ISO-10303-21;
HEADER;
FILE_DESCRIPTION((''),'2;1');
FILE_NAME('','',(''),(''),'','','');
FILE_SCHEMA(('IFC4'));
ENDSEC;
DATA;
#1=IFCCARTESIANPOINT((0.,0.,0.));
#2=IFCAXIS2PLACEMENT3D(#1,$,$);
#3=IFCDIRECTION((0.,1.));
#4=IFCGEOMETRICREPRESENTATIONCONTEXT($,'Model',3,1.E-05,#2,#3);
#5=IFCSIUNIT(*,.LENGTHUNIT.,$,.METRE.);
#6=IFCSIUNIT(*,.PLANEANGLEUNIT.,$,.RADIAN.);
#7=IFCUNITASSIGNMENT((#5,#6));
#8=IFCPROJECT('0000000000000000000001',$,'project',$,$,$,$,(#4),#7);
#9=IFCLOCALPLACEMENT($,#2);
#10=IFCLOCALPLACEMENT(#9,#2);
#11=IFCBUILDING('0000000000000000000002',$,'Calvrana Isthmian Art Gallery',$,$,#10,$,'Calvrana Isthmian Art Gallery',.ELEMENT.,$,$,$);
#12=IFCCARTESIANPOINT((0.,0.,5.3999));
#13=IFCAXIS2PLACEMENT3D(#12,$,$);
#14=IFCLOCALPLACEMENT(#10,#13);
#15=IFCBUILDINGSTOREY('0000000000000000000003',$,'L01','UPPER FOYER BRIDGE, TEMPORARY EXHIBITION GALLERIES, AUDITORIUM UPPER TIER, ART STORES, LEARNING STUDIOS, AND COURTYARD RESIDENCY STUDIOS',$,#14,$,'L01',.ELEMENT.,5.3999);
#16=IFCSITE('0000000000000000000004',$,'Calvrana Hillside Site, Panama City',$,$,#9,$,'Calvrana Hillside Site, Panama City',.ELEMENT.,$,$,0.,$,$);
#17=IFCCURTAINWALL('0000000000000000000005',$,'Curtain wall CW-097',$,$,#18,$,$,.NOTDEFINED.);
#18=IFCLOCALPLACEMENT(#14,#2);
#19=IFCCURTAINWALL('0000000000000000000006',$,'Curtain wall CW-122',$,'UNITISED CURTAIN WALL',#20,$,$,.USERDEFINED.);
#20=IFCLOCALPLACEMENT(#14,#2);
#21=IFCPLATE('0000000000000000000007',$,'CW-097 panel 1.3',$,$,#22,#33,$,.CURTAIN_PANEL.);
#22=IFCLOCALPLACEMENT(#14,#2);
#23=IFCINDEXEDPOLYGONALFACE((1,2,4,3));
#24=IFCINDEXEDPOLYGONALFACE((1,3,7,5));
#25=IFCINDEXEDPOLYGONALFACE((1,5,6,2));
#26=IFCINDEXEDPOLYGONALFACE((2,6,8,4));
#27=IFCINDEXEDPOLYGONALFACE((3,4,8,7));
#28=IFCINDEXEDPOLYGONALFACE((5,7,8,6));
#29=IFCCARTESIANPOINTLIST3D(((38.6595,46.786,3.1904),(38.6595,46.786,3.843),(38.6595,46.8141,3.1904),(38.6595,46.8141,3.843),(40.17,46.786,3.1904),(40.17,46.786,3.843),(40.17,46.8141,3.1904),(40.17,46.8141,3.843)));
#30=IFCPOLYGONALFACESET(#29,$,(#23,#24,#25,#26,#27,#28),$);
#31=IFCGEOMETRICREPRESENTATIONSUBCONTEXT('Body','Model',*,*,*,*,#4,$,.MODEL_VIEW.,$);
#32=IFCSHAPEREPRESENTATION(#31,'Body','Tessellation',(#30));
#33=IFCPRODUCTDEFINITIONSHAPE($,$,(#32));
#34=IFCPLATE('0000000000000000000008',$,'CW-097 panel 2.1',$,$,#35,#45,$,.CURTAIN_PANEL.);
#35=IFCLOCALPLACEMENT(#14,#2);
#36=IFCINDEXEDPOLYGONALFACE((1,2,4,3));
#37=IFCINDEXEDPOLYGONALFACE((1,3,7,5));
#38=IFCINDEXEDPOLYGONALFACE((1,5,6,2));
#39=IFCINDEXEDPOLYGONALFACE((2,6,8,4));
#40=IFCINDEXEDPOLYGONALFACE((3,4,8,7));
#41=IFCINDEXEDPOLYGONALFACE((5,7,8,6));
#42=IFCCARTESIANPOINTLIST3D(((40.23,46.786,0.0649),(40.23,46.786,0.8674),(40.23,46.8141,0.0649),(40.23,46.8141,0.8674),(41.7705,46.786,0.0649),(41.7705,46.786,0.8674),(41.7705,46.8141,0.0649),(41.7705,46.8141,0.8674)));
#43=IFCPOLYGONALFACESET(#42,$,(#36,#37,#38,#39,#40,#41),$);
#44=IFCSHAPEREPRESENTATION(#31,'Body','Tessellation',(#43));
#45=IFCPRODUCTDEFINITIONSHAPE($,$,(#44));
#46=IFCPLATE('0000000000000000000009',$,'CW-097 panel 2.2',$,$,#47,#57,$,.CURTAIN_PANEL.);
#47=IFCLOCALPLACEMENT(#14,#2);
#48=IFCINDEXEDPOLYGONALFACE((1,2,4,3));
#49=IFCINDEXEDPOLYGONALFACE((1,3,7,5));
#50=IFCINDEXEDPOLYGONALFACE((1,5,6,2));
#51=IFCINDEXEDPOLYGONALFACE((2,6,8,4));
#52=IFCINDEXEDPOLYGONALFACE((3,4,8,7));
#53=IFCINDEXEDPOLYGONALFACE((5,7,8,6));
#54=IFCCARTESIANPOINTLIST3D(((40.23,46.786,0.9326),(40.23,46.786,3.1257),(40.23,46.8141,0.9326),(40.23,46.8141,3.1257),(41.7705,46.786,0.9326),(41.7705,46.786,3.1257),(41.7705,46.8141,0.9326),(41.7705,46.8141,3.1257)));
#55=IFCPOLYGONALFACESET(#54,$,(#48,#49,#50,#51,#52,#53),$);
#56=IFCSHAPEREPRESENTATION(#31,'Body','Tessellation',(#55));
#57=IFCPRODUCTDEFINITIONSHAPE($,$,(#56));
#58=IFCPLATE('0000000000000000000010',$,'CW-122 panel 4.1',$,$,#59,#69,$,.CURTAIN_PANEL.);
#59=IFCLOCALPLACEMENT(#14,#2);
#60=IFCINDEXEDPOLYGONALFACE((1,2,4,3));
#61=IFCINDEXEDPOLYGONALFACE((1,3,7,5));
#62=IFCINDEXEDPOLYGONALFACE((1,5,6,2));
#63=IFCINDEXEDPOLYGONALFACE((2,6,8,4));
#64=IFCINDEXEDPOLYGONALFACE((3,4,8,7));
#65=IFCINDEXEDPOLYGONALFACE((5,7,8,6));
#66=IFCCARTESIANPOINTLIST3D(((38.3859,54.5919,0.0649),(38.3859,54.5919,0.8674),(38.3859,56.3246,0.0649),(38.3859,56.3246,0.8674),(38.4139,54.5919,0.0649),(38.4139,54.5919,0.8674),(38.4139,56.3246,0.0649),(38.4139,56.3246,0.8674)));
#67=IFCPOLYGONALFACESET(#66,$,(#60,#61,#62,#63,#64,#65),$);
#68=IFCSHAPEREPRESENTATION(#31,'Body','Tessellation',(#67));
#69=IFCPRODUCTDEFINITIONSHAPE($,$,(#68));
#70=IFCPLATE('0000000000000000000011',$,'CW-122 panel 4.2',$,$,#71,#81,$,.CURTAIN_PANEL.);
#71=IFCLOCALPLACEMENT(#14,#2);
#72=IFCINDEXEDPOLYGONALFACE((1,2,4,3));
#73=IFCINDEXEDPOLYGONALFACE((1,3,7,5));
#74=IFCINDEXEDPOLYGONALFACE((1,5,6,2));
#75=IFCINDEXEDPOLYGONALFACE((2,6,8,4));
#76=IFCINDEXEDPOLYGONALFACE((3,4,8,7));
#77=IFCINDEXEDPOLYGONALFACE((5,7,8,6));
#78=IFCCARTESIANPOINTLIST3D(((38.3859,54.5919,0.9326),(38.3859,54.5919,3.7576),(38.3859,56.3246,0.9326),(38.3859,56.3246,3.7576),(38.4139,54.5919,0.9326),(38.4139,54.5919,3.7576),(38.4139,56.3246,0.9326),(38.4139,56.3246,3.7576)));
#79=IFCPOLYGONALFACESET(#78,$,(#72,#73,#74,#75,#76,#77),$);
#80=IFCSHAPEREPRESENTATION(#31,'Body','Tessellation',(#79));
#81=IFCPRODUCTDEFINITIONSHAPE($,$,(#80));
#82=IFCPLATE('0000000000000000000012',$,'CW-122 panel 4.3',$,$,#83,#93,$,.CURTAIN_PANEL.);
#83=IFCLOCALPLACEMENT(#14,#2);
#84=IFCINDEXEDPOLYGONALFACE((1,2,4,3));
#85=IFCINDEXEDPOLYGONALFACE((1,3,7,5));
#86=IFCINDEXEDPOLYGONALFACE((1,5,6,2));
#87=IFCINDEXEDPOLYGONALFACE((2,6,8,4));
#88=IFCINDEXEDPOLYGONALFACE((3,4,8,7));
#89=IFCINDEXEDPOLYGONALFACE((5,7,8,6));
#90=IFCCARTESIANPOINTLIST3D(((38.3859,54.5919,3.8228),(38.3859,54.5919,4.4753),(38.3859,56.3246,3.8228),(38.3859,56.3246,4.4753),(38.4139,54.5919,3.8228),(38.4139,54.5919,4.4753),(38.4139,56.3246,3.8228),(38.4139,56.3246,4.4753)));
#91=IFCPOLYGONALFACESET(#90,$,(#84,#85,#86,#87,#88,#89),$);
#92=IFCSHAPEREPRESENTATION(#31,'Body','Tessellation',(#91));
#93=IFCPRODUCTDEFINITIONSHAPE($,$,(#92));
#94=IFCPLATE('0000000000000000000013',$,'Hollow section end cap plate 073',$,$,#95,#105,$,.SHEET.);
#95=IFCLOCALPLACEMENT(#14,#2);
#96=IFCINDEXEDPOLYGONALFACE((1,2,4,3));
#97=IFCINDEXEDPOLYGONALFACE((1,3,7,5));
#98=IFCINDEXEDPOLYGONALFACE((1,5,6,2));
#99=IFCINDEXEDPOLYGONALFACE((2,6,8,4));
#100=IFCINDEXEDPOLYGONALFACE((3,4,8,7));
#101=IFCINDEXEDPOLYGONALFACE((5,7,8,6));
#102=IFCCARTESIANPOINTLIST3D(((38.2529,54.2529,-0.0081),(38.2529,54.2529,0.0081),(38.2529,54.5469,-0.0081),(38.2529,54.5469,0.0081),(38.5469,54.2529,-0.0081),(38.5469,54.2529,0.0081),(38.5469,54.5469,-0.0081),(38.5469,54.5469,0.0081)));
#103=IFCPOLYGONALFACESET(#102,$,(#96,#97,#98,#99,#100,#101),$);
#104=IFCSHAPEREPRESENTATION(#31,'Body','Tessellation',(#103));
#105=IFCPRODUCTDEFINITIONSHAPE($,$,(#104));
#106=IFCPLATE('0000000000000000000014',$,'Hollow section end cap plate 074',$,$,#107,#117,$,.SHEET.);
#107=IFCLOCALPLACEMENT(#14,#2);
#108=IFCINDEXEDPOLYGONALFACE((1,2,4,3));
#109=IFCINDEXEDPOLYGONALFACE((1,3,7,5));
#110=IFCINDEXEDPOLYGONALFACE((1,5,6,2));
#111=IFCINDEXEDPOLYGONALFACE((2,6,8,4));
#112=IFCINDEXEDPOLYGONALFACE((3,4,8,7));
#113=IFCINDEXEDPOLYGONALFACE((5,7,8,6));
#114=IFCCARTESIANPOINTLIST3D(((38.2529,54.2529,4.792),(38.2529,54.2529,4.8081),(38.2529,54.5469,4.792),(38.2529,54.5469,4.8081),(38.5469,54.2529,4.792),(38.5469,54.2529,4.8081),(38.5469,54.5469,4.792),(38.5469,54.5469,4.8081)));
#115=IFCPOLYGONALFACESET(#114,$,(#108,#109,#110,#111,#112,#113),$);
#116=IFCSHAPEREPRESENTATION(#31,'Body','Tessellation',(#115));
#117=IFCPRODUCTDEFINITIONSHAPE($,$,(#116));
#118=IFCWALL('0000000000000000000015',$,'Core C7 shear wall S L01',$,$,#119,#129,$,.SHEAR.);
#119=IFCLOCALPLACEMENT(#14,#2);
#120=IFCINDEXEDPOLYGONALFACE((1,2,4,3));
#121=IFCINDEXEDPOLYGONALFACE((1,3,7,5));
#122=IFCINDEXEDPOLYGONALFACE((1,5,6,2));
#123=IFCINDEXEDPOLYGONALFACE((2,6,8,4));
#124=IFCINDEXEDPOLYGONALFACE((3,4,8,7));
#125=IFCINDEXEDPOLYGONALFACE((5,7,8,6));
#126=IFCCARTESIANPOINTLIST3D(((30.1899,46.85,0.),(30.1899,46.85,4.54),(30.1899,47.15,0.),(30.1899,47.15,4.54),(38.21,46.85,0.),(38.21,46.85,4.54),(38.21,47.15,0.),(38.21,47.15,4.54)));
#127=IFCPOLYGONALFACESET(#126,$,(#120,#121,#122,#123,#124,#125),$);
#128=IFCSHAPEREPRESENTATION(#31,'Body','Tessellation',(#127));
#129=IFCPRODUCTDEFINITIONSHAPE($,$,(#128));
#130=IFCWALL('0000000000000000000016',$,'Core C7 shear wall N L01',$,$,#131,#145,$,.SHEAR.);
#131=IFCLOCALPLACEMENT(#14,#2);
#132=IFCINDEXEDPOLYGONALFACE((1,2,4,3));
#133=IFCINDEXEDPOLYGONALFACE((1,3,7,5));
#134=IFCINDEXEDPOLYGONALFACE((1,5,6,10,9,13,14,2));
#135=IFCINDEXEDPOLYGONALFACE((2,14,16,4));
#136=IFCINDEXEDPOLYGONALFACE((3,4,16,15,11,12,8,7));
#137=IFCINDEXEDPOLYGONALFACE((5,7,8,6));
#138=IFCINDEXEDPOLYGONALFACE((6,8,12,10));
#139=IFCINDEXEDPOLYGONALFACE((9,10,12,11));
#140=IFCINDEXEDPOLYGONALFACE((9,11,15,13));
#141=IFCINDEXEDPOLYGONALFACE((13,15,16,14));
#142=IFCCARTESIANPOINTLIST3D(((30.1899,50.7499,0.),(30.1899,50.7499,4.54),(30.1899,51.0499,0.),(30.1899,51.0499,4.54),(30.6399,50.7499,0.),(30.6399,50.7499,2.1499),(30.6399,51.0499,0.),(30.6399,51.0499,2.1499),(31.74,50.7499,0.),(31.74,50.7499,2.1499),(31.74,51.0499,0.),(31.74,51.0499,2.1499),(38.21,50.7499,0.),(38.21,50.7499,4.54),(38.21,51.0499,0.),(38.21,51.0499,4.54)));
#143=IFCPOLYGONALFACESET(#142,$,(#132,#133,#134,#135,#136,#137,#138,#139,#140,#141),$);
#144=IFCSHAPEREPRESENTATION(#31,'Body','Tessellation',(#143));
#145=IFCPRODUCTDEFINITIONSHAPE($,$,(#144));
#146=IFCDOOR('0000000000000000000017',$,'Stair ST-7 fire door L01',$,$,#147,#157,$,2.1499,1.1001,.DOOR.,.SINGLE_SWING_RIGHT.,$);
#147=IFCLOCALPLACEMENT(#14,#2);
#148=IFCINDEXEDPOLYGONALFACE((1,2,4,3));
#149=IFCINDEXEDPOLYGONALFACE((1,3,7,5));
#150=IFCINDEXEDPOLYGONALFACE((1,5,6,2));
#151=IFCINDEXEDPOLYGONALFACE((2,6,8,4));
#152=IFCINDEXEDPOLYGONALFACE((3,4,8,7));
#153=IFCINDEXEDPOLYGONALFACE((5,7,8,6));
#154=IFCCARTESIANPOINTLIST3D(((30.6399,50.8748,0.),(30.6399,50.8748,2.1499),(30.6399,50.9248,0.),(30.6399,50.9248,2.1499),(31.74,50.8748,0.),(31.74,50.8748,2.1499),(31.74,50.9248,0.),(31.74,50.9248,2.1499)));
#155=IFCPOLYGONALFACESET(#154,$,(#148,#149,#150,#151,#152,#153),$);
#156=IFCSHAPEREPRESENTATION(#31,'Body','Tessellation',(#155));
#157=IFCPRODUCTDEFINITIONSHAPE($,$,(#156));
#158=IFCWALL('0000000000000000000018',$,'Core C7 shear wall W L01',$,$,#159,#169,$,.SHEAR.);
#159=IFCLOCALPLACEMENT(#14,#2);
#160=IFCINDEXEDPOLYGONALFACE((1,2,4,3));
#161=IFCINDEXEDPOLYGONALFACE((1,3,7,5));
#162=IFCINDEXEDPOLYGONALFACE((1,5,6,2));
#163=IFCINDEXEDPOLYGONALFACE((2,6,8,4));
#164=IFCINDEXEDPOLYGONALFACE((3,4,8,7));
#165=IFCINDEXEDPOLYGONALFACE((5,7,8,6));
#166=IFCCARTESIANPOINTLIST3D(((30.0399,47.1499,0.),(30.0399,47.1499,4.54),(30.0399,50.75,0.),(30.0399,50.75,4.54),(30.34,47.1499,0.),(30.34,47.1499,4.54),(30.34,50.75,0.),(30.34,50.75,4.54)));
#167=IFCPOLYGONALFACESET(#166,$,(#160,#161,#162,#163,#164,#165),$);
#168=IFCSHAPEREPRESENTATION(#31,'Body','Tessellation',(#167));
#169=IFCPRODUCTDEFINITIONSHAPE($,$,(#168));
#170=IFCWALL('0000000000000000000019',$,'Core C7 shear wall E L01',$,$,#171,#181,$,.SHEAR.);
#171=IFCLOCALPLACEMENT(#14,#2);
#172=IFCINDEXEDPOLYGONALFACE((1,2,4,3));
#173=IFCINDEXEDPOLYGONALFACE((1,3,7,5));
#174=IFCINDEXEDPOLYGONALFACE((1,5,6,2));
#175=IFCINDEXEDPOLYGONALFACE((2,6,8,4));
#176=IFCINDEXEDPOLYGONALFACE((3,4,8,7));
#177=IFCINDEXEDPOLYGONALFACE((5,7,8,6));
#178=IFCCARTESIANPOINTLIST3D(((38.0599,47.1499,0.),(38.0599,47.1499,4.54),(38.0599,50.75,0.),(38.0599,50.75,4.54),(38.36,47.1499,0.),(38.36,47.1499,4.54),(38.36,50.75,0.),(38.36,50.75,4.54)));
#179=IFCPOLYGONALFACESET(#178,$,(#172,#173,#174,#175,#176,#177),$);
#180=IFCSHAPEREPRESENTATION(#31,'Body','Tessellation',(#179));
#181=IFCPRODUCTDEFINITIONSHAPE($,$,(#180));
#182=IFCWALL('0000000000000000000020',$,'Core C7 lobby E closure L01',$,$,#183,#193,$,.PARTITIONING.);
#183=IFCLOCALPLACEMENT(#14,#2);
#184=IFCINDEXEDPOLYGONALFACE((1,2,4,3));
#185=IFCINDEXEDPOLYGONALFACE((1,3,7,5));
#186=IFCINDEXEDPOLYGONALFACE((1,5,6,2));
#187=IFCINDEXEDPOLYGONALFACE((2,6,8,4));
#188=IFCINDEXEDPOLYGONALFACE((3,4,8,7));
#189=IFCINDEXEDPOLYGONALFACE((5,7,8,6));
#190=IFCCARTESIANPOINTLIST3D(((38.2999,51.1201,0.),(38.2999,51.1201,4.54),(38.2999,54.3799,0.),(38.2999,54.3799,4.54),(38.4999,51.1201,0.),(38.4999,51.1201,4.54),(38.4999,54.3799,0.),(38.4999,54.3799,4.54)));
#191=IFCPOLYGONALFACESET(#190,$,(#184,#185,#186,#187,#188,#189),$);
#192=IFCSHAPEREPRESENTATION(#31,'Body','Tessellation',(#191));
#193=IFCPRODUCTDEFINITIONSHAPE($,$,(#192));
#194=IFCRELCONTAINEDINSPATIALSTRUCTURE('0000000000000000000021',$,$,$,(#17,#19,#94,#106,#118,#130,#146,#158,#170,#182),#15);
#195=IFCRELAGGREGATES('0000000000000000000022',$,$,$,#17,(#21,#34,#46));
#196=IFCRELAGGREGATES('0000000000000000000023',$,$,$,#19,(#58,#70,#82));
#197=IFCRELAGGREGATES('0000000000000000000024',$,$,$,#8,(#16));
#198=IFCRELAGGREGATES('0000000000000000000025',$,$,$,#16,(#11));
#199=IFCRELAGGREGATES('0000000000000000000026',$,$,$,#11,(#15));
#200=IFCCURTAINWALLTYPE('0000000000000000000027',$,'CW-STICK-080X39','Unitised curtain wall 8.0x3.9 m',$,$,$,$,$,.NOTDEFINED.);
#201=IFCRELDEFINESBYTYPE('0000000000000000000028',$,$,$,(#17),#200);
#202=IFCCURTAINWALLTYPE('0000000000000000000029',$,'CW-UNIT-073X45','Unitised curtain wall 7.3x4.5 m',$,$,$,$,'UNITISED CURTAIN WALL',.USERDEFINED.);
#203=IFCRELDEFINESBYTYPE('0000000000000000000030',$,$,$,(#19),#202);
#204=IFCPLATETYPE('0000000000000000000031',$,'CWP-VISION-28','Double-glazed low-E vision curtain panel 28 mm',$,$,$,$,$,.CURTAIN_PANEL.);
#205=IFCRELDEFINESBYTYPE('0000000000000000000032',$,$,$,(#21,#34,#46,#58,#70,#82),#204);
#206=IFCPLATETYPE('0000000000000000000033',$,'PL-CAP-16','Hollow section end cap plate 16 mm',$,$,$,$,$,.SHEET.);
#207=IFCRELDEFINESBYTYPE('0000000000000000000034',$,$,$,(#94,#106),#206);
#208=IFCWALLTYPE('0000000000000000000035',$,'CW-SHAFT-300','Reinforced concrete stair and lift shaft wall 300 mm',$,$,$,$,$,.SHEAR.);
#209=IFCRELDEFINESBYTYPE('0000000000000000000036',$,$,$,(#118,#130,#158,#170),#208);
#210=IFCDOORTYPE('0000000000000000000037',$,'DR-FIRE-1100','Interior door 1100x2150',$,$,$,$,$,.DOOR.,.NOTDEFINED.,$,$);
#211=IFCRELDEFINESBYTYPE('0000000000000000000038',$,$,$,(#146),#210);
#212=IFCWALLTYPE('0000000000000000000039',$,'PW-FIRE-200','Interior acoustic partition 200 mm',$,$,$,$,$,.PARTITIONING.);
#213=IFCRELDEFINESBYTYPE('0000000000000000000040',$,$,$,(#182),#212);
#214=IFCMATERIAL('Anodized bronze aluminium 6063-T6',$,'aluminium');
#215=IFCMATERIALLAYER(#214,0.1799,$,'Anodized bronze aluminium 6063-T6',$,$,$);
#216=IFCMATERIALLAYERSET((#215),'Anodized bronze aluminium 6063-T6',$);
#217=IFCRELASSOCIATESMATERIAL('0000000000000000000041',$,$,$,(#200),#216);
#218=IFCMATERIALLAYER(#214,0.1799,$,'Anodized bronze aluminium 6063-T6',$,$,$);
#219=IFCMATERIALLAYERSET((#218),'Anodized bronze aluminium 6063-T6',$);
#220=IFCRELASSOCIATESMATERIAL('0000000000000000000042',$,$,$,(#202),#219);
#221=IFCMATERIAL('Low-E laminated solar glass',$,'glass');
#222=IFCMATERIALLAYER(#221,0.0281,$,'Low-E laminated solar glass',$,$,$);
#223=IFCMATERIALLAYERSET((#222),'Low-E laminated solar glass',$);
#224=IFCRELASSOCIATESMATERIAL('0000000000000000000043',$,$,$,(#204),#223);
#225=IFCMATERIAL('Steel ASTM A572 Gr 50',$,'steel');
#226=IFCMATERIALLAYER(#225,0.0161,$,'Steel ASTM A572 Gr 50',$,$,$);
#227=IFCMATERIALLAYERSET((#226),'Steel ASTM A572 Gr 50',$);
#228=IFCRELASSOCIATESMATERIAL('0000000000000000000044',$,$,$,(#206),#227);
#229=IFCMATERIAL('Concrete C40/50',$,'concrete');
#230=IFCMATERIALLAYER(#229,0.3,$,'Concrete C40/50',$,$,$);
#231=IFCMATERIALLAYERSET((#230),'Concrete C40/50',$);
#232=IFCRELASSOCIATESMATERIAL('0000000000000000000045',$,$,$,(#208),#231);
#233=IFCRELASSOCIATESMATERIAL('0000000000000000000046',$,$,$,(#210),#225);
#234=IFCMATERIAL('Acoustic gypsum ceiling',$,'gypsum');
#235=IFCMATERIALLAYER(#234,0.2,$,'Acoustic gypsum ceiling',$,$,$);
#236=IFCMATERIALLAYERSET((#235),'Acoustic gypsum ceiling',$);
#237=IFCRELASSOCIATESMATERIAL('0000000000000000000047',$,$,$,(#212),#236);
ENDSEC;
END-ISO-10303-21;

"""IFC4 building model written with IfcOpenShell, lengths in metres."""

from ifc_helpers import new_model, si_unit, direction, frame, frame_2d, origin, origin_2d, place, context, subcontext, project, spatial, rectangle, extrude, material, layer, layer_set, type_object, element, fill, aggregate, save


model = new_model("IFC4")

# Units and contexts
model_context = context("Model", 3, precision=1e-05, world=origin(), true_north=direction((0.0, 1.0)))
body_context = subcontext(model_context, "Body", "Model", "MODEL_VIEW")
ifc_project = project(units=[si_unit("LENGTHUNIT", "METRE"), si_unit("PLANEANGLEUNIT", "RADIAN")], contexts=[model_context])

# Site, building, storey
site_placement = place(None, origin())
site = spatial("IfcSite", under=ifc_project, at=site_placement, Name="Calvrana Hillside Site, Panama City", LongName="Calvrana Hillside Site, Panama City", CompositionType="ELEMENT", RefElevation=0.0)
building_placement = place(site_placement, origin())
building = spatial("IfcBuilding", under=site, at=building_placement, Name="Calvrana Isthmian Art Gallery", LongName="Calvrana Isthmian Art Gallery", CompositionType="ELEMENT")
storey_placement = place(building_placement, frame((0.0, 0.0, 5.3999)))
storey = spatial("IfcBuildingStorey", under=building, at=storey_placement, Name="L01", Description="UPPER FOYER BRIDGE, TEMPORARY EXHIBITION GALLERIES, AUDITORIUM UPPER TIER, ART STORES, LEARNING STUDIOS, AND COURTYARD RESIDENCY STUDIOS", LongName="L01", CompositionType="ELEMENT", Elevation=5.3999)

# Curtain wall
ifc_material_1 = material(Name="Anodized bronze aluminium 6063-T6", Category="aluminium")
ifc_layer_1 = layer(ifc_material_1, 0.1799, Name="Anodized bronze aluminium 6063-T6")
ifc_layer_set_1 = layer_set([ifc_layer_1], Name="Anodized bronze aluminium 6063-T6")
curtain_wall_type_1 = type_object("IfcCurtainWallType", Name="CW-STICK-080X39", Description="Unitised curtain wall 8.0x3.9 m", PredefinedType="NOTDEFINED", material=ifc_layer_set_1)
curtain_wall_1_placement = place(storey_placement, origin())
curtain_wall_1 = element("IfcCurtainWall", 1, at=curtain_wall_1_placement, inside=storey, type_object=curtain_wall_type_1, Name="Curtain wall CW-097", PredefinedType="NOTDEFINED")

# Curtain wall
ifc_layer_2 = layer(ifc_material_1, 0.1799, Name="Anodized bronze aluminium 6063-T6")
ifc_layer_set_2 = layer_set([ifc_layer_2], Name="Anodized bronze aluminium 6063-T6")
curtain_wall_type_2 = type_object("IfcCurtainWallType", Name="CW-UNIT-073X45", Description="Unitised curtain wall 7.3x4.5 m", ElementType="UNITISED CURTAIN WALL", PredefinedType="USERDEFINED", material=ifc_layer_set_2)
curtain_wall_2_placement = place(storey_placement, origin())
curtain_wall_2 = element("IfcCurtainWall", 2, at=curtain_wall_2_placement, inside=storey, type_object=curtain_wall_type_2, Name="Curtain wall CW-122", ObjectType="UNITISED CURTAIN WALL", PredefinedType="USERDEFINED")

# Plates
ifc_material_2 = material(Name="Low-E laminated solar glass", Category="glass")
ifc_layer_3 = layer(ifc_material_2, 0.0281, Name="Low-E laminated solar glass")
ifc_layer_set_3 = layer_set([ifc_layer_3], Name="Low-E laminated solar glass")
plate_type_1 = type_object("IfcPlateType", Name="CWP-VISION-28", Description="Double-glazed low-E vision curtain panel 28 mm", PredefinedType="CURTAIN_PANEL", material=ifc_layer_set_3)
plate_1_placement = place(storey_placement, frame((39.4148, 46.8, 3.1904), z_axis=(0.0, 0.0, 1.0), x_axis=(1.0, 0.0, 0.0)))
plate_1 = element("IfcPlate", 3, at=plate_1_placement, type_object=plate_type_1, Name="CW-097 panel 1.3", PredefinedType="CURTAIN_PANEL", context=body_context, shape_type="SweptSolid", body=[
    extrude(rectangle(XDim=1.5105, YDim=0.0281, at=origin_2d()), origin(), (0.0, 0.0, 1.0), 0.6526),
])
plate_2_placement = place(storey_placement, frame((41.0002, 46.8, 0.0649), z_axis=(0.0, 0.0, 1.0), x_axis=(1.0, 0.0, 0.0)))
plate_2 = element("IfcPlate", 4, at=plate_2_placement, type_object=plate_type_1, Name="CW-097 panel 2.1", PredefinedType="CURTAIN_PANEL", context=body_context, shape_type="SweptSolid", body=[
    extrude(rectangle(XDim=1.5405, YDim=0.0281, at=origin_2d()), origin(), (0.0, 0.0, 1.0), 0.8025),
])
plate_3_placement = place(storey_placement, frame((41.0002, 46.8, 0.9326), z_axis=(0.0, 0.0, 1.0), x_axis=(1.0, 0.0, 0.0)))
plate_3 = element("IfcPlate", 5, at=plate_3_placement, type_object=plate_type_1, Name="CW-097 panel 2.2", PredefinedType="CURTAIN_PANEL", context=body_context, shape_type="SweptSolid", body=[
    extrude(rectangle(XDim=1.5405, YDim=0.0281, at=origin_2d()), origin(), (0.0, 0.0, 1.0), 2.1931),
])
aggregate(curtain_wall_1, [plate_1, plate_2, plate_3])
plate_4_placement = place(storey_placement, frame((38.3999, 55.4583, 0.0649), z_axis=(0.0, 0.0, 1.0), x_axis=(0.0, -1.0, 0.0)))
plate_4 = element("IfcPlate", 6, at=plate_4_placement, type_object=plate_type_1, Name="CW-122 panel 4.1", PredefinedType="CURTAIN_PANEL", context=body_context, shape_type="SweptSolid", body=[
    extrude(rectangle(XDim=1.7327, YDim=0.0281, at=origin_2d()), origin(), (0.0, 0.0, 1.0), 0.8025),
])
plate_5_placement = place(storey_placement, frame((38.3999, 55.4583, 0.9326), z_axis=(0.0, 0.0, 1.0), x_axis=(0.0, -1.0, 0.0)))
plate_5 = element("IfcPlate", 7, at=plate_5_placement, type_object=plate_type_1, Name="CW-122 panel 4.2", PredefinedType="CURTAIN_PANEL", context=body_context, shape_type="SweptSolid", body=[
    extrude(rectangle(XDim=1.7327, YDim=0.0281, at=origin_2d()), origin(), (0.0, 0.0, 1.0), 2.825),
])
plate_6_placement = place(storey_placement, frame((38.3999, 55.4583, 3.8228), z_axis=(0.0, 0.0, 1.0), x_axis=(0.0, -1.0, 0.0)))
plate_6 = element("IfcPlate", 8, at=plate_6_placement, type_object=plate_type_1, Name="CW-122 panel 4.3", PredefinedType="CURTAIN_PANEL", context=body_context, shape_type="SweptSolid", body=[
    extrude(rectangle(XDim=1.7327, YDim=0.0281, at=origin_2d()), origin(), (0.0, 0.0, 1.0), 0.6526),
])
aggregate(curtain_wall_2, [plate_4, plate_5, plate_6])

# Plates
ifc_material_3 = material(Name="Steel ASTM A572 Gr 50", Category="steel")
ifc_layer_4 = layer(ifc_material_3, 0.0161, Name="Steel ASTM A572 Gr 50")
ifc_layer_set_4 = layer_set([ifc_layer_4], Name="Steel ASTM A572 Gr 50")
plate_type_2 = type_object("IfcPlateType", Name="PL-CAP-16", Description="Hollow section end cap plate 16 mm", PredefinedType="SHEET", material=ifc_layer_set_4)
for number, where, z_axis, x_axis, name in (
    (9, (38.3999, 54.3999, -0.0081), (0.0, 0.0, 1.0), (1.0, 0.0, 0.0), "Hollow section end cap plate 073"),
    (10, (38.3999, 54.3999, 4.792), (0.0, 0.0, 1.0), (1.0, 0.0, 0.0), "Hollow section end cap plate 074"),
):
    element("IfcPlate", number, at=place(storey_placement, frame(where, z_axis=z_axis, x_axis=x_axis)), inside=storey, type_object=plate_type_2, Name=name, PredefinedType="SHEET", context=body_context, shape_type="SweptSolid", body=[
        extrude(rectangle(XDim=0.2939, YDim=0.2939, at=origin_2d()), origin(), (0.0, 0.0, 1.0), 0.0161),
    ])

# Wall
ifc_material_4 = material(Name="Concrete C40/50", Category="concrete")
ifc_layer_5 = layer(ifc_material_4, 0.3, Name="Concrete C40/50")
ifc_layer_set_5 = layer_set([ifc_layer_5], Name="Concrete C40/50")
wall_type_1 = type_object("IfcWallType", Name="CW-SHAFT-300", Description="Reinforced concrete stair and lift shaft wall 300 mm", PredefinedType="SHEAR", material=ifc_layer_set_5)
wall_1_placement = place(storey_placement, frame((30.1899, 47.0, 0.0), z_axis=(0.0, 0.0, 1.0), x_axis=(1.0, 0.0, 0.0)))
element("IfcWall", 11, at=wall_1_placement, inside=storey, type_object=wall_type_1, Name="Core C7 shear wall S L01", PredefinedType="SHEAR", context=body_context, shape_type="SweptSolid", body=[
    extrude(rectangle(XDim=8.02, YDim=0.3, at=frame_2d((4.01, 0.0))), origin(), (0.0, 0.0, 1.0), 4.54),
])

# Wall, opening, door
wall_2_placement = place(storey_placement, frame((30.1899, 50.8999, 0.0), z_axis=(0.0, 0.0, 1.0), x_axis=(1.0, 0.0, 0.0)))
wall_2 = element("IfcWall", 12, at=wall_2_placement, inside=storey, type_object=wall_type_1, Name="Core C7 shear wall N L01", PredefinedType="SHEAR", context=body_context, shape_type="SweptSolid", body=[
    extrude(rectangle(XDim=8.02, YDim=0.3, at=frame_2d((4.01, 0.0))), origin(), (0.0, 0.0, 1.0), 4.54),
])
opening_1_placement = place(wall_2_placement, frame((0.45, 0.0, 0.0)))
opening_1 = element("IfcOpeningElement", 13, at=opening_1_placement, cuts=wall_2, PredefinedType="OPENING", context=body_context, shape_type="SweptSolid", body=[
    extrude(rectangle(XDim=1.1001, YDim=2.1499, at=frame_2d((0.55, 1.075))), frame((0.0, 0.1602, 0.0), z_axis=(0.0, -1.0, 0.0), x_axis=(1.0, 0.0, 0.0)), (0.0, 0.0, 1.0), 0.3206),
])
door_type_1 = type_object("IfcDoorType", Name="DR-FIRE-1100", Description="Interior door 1100x2150", OperationType="NOTDEFINED", PredefinedType="DOOR", material=ifc_material_3)
door_1_placement = place(opening_1_placement, origin())
door_1 = element("IfcDoor", 14, at=door_1_placement, inside=storey, type_object=door_type_1, Name="Stair ST-7 fire door L01", OperationType="SINGLE_SWING_RIGHT", OverallHeight=2.1499, OverallWidth=1.1001, PredefinedType="DOOR", context=body_context, shape_type="SweptSolid", body=[
    extrude(rectangle(XDim=1.1001, YDim=2.1499, at=frame_2d((0.55, 1.075))), frame((0.0, 0.0249, 0.0), z_axis=(0.0, -1.0, 0.0), x_axis=(1.0, 0.0, 0.0)), (0.0, 0.0, 1.0), 0.05),
])
fill(opening_1, door_1)

# Walls
for number, where, z_axis, x_axis, name in (
    (15, (30.1899, 47.1499, 0.0), (0.0, 0.0, 1.0), (0.0, 1.0, 0.0), "Core C7 shear wall W L01"),
    (16, (38.21, 47.1499, 0.0), (0.0, 0.0, 1.0), (0.0, 1.0, 0.0), "Core C7 shear wall E L01"),
):
    element("IfcWall", number, at=place(storey_placement, frame(where, z_axis=z_axis, x_axis=x_axis)), inside=storey, type_object=wall_type_1, Name=name, PredefinedType="SHEAR", context=body_context, shape_type="SweptSolid", body=[
        extrude(rectangle(XDim=3.6001, YDim=0.3, at=frame_2d((1.8, 0.0))), origin(), (0.0, 0.0, 1.0), 4.54),
    ])
ifc_material_5 = material(Name="Acoustic gypsum ceiling", Category="gypsum")
ifc_layer_6 = layer(ifc_material_5, 0.2, Name="Acoustic gypsum ceiling")
ifc_layer_set_6 = layer_set([ifc_layer_6], Name="Acoustic gypsum ceiling")
wall_type_2 = type_object("IfcWallType", Name="PW-FIRE-200", Description="Interior acoustic partition 200 mm", PredefinedType="PARTITIONING", material=ifc_layer_set_6)
wall_3_placement = place(storey_placement, frame((38.3999, 51.1201, 0.0), z_axis=(0.0, 0.0, 1.0), x_axis=(0.0, 1.0, 0.0)))
element("IfcWall", 17, at=wall_3_placement, inside=storey, type_object=wall_type_2, Name="Core C7 lobby E closure L01", PredefinedType="PARTITIONING", context=body_context, shape_type="SweptSolid", body=[
    extrude(rectangle(XDim=3.2598, YDim=0.2, at=frame_2d((1.6299, 0.0))), origin(), (0.0, 0.0, 1.0), 4.54),
])

save(model, "model.ifc")
